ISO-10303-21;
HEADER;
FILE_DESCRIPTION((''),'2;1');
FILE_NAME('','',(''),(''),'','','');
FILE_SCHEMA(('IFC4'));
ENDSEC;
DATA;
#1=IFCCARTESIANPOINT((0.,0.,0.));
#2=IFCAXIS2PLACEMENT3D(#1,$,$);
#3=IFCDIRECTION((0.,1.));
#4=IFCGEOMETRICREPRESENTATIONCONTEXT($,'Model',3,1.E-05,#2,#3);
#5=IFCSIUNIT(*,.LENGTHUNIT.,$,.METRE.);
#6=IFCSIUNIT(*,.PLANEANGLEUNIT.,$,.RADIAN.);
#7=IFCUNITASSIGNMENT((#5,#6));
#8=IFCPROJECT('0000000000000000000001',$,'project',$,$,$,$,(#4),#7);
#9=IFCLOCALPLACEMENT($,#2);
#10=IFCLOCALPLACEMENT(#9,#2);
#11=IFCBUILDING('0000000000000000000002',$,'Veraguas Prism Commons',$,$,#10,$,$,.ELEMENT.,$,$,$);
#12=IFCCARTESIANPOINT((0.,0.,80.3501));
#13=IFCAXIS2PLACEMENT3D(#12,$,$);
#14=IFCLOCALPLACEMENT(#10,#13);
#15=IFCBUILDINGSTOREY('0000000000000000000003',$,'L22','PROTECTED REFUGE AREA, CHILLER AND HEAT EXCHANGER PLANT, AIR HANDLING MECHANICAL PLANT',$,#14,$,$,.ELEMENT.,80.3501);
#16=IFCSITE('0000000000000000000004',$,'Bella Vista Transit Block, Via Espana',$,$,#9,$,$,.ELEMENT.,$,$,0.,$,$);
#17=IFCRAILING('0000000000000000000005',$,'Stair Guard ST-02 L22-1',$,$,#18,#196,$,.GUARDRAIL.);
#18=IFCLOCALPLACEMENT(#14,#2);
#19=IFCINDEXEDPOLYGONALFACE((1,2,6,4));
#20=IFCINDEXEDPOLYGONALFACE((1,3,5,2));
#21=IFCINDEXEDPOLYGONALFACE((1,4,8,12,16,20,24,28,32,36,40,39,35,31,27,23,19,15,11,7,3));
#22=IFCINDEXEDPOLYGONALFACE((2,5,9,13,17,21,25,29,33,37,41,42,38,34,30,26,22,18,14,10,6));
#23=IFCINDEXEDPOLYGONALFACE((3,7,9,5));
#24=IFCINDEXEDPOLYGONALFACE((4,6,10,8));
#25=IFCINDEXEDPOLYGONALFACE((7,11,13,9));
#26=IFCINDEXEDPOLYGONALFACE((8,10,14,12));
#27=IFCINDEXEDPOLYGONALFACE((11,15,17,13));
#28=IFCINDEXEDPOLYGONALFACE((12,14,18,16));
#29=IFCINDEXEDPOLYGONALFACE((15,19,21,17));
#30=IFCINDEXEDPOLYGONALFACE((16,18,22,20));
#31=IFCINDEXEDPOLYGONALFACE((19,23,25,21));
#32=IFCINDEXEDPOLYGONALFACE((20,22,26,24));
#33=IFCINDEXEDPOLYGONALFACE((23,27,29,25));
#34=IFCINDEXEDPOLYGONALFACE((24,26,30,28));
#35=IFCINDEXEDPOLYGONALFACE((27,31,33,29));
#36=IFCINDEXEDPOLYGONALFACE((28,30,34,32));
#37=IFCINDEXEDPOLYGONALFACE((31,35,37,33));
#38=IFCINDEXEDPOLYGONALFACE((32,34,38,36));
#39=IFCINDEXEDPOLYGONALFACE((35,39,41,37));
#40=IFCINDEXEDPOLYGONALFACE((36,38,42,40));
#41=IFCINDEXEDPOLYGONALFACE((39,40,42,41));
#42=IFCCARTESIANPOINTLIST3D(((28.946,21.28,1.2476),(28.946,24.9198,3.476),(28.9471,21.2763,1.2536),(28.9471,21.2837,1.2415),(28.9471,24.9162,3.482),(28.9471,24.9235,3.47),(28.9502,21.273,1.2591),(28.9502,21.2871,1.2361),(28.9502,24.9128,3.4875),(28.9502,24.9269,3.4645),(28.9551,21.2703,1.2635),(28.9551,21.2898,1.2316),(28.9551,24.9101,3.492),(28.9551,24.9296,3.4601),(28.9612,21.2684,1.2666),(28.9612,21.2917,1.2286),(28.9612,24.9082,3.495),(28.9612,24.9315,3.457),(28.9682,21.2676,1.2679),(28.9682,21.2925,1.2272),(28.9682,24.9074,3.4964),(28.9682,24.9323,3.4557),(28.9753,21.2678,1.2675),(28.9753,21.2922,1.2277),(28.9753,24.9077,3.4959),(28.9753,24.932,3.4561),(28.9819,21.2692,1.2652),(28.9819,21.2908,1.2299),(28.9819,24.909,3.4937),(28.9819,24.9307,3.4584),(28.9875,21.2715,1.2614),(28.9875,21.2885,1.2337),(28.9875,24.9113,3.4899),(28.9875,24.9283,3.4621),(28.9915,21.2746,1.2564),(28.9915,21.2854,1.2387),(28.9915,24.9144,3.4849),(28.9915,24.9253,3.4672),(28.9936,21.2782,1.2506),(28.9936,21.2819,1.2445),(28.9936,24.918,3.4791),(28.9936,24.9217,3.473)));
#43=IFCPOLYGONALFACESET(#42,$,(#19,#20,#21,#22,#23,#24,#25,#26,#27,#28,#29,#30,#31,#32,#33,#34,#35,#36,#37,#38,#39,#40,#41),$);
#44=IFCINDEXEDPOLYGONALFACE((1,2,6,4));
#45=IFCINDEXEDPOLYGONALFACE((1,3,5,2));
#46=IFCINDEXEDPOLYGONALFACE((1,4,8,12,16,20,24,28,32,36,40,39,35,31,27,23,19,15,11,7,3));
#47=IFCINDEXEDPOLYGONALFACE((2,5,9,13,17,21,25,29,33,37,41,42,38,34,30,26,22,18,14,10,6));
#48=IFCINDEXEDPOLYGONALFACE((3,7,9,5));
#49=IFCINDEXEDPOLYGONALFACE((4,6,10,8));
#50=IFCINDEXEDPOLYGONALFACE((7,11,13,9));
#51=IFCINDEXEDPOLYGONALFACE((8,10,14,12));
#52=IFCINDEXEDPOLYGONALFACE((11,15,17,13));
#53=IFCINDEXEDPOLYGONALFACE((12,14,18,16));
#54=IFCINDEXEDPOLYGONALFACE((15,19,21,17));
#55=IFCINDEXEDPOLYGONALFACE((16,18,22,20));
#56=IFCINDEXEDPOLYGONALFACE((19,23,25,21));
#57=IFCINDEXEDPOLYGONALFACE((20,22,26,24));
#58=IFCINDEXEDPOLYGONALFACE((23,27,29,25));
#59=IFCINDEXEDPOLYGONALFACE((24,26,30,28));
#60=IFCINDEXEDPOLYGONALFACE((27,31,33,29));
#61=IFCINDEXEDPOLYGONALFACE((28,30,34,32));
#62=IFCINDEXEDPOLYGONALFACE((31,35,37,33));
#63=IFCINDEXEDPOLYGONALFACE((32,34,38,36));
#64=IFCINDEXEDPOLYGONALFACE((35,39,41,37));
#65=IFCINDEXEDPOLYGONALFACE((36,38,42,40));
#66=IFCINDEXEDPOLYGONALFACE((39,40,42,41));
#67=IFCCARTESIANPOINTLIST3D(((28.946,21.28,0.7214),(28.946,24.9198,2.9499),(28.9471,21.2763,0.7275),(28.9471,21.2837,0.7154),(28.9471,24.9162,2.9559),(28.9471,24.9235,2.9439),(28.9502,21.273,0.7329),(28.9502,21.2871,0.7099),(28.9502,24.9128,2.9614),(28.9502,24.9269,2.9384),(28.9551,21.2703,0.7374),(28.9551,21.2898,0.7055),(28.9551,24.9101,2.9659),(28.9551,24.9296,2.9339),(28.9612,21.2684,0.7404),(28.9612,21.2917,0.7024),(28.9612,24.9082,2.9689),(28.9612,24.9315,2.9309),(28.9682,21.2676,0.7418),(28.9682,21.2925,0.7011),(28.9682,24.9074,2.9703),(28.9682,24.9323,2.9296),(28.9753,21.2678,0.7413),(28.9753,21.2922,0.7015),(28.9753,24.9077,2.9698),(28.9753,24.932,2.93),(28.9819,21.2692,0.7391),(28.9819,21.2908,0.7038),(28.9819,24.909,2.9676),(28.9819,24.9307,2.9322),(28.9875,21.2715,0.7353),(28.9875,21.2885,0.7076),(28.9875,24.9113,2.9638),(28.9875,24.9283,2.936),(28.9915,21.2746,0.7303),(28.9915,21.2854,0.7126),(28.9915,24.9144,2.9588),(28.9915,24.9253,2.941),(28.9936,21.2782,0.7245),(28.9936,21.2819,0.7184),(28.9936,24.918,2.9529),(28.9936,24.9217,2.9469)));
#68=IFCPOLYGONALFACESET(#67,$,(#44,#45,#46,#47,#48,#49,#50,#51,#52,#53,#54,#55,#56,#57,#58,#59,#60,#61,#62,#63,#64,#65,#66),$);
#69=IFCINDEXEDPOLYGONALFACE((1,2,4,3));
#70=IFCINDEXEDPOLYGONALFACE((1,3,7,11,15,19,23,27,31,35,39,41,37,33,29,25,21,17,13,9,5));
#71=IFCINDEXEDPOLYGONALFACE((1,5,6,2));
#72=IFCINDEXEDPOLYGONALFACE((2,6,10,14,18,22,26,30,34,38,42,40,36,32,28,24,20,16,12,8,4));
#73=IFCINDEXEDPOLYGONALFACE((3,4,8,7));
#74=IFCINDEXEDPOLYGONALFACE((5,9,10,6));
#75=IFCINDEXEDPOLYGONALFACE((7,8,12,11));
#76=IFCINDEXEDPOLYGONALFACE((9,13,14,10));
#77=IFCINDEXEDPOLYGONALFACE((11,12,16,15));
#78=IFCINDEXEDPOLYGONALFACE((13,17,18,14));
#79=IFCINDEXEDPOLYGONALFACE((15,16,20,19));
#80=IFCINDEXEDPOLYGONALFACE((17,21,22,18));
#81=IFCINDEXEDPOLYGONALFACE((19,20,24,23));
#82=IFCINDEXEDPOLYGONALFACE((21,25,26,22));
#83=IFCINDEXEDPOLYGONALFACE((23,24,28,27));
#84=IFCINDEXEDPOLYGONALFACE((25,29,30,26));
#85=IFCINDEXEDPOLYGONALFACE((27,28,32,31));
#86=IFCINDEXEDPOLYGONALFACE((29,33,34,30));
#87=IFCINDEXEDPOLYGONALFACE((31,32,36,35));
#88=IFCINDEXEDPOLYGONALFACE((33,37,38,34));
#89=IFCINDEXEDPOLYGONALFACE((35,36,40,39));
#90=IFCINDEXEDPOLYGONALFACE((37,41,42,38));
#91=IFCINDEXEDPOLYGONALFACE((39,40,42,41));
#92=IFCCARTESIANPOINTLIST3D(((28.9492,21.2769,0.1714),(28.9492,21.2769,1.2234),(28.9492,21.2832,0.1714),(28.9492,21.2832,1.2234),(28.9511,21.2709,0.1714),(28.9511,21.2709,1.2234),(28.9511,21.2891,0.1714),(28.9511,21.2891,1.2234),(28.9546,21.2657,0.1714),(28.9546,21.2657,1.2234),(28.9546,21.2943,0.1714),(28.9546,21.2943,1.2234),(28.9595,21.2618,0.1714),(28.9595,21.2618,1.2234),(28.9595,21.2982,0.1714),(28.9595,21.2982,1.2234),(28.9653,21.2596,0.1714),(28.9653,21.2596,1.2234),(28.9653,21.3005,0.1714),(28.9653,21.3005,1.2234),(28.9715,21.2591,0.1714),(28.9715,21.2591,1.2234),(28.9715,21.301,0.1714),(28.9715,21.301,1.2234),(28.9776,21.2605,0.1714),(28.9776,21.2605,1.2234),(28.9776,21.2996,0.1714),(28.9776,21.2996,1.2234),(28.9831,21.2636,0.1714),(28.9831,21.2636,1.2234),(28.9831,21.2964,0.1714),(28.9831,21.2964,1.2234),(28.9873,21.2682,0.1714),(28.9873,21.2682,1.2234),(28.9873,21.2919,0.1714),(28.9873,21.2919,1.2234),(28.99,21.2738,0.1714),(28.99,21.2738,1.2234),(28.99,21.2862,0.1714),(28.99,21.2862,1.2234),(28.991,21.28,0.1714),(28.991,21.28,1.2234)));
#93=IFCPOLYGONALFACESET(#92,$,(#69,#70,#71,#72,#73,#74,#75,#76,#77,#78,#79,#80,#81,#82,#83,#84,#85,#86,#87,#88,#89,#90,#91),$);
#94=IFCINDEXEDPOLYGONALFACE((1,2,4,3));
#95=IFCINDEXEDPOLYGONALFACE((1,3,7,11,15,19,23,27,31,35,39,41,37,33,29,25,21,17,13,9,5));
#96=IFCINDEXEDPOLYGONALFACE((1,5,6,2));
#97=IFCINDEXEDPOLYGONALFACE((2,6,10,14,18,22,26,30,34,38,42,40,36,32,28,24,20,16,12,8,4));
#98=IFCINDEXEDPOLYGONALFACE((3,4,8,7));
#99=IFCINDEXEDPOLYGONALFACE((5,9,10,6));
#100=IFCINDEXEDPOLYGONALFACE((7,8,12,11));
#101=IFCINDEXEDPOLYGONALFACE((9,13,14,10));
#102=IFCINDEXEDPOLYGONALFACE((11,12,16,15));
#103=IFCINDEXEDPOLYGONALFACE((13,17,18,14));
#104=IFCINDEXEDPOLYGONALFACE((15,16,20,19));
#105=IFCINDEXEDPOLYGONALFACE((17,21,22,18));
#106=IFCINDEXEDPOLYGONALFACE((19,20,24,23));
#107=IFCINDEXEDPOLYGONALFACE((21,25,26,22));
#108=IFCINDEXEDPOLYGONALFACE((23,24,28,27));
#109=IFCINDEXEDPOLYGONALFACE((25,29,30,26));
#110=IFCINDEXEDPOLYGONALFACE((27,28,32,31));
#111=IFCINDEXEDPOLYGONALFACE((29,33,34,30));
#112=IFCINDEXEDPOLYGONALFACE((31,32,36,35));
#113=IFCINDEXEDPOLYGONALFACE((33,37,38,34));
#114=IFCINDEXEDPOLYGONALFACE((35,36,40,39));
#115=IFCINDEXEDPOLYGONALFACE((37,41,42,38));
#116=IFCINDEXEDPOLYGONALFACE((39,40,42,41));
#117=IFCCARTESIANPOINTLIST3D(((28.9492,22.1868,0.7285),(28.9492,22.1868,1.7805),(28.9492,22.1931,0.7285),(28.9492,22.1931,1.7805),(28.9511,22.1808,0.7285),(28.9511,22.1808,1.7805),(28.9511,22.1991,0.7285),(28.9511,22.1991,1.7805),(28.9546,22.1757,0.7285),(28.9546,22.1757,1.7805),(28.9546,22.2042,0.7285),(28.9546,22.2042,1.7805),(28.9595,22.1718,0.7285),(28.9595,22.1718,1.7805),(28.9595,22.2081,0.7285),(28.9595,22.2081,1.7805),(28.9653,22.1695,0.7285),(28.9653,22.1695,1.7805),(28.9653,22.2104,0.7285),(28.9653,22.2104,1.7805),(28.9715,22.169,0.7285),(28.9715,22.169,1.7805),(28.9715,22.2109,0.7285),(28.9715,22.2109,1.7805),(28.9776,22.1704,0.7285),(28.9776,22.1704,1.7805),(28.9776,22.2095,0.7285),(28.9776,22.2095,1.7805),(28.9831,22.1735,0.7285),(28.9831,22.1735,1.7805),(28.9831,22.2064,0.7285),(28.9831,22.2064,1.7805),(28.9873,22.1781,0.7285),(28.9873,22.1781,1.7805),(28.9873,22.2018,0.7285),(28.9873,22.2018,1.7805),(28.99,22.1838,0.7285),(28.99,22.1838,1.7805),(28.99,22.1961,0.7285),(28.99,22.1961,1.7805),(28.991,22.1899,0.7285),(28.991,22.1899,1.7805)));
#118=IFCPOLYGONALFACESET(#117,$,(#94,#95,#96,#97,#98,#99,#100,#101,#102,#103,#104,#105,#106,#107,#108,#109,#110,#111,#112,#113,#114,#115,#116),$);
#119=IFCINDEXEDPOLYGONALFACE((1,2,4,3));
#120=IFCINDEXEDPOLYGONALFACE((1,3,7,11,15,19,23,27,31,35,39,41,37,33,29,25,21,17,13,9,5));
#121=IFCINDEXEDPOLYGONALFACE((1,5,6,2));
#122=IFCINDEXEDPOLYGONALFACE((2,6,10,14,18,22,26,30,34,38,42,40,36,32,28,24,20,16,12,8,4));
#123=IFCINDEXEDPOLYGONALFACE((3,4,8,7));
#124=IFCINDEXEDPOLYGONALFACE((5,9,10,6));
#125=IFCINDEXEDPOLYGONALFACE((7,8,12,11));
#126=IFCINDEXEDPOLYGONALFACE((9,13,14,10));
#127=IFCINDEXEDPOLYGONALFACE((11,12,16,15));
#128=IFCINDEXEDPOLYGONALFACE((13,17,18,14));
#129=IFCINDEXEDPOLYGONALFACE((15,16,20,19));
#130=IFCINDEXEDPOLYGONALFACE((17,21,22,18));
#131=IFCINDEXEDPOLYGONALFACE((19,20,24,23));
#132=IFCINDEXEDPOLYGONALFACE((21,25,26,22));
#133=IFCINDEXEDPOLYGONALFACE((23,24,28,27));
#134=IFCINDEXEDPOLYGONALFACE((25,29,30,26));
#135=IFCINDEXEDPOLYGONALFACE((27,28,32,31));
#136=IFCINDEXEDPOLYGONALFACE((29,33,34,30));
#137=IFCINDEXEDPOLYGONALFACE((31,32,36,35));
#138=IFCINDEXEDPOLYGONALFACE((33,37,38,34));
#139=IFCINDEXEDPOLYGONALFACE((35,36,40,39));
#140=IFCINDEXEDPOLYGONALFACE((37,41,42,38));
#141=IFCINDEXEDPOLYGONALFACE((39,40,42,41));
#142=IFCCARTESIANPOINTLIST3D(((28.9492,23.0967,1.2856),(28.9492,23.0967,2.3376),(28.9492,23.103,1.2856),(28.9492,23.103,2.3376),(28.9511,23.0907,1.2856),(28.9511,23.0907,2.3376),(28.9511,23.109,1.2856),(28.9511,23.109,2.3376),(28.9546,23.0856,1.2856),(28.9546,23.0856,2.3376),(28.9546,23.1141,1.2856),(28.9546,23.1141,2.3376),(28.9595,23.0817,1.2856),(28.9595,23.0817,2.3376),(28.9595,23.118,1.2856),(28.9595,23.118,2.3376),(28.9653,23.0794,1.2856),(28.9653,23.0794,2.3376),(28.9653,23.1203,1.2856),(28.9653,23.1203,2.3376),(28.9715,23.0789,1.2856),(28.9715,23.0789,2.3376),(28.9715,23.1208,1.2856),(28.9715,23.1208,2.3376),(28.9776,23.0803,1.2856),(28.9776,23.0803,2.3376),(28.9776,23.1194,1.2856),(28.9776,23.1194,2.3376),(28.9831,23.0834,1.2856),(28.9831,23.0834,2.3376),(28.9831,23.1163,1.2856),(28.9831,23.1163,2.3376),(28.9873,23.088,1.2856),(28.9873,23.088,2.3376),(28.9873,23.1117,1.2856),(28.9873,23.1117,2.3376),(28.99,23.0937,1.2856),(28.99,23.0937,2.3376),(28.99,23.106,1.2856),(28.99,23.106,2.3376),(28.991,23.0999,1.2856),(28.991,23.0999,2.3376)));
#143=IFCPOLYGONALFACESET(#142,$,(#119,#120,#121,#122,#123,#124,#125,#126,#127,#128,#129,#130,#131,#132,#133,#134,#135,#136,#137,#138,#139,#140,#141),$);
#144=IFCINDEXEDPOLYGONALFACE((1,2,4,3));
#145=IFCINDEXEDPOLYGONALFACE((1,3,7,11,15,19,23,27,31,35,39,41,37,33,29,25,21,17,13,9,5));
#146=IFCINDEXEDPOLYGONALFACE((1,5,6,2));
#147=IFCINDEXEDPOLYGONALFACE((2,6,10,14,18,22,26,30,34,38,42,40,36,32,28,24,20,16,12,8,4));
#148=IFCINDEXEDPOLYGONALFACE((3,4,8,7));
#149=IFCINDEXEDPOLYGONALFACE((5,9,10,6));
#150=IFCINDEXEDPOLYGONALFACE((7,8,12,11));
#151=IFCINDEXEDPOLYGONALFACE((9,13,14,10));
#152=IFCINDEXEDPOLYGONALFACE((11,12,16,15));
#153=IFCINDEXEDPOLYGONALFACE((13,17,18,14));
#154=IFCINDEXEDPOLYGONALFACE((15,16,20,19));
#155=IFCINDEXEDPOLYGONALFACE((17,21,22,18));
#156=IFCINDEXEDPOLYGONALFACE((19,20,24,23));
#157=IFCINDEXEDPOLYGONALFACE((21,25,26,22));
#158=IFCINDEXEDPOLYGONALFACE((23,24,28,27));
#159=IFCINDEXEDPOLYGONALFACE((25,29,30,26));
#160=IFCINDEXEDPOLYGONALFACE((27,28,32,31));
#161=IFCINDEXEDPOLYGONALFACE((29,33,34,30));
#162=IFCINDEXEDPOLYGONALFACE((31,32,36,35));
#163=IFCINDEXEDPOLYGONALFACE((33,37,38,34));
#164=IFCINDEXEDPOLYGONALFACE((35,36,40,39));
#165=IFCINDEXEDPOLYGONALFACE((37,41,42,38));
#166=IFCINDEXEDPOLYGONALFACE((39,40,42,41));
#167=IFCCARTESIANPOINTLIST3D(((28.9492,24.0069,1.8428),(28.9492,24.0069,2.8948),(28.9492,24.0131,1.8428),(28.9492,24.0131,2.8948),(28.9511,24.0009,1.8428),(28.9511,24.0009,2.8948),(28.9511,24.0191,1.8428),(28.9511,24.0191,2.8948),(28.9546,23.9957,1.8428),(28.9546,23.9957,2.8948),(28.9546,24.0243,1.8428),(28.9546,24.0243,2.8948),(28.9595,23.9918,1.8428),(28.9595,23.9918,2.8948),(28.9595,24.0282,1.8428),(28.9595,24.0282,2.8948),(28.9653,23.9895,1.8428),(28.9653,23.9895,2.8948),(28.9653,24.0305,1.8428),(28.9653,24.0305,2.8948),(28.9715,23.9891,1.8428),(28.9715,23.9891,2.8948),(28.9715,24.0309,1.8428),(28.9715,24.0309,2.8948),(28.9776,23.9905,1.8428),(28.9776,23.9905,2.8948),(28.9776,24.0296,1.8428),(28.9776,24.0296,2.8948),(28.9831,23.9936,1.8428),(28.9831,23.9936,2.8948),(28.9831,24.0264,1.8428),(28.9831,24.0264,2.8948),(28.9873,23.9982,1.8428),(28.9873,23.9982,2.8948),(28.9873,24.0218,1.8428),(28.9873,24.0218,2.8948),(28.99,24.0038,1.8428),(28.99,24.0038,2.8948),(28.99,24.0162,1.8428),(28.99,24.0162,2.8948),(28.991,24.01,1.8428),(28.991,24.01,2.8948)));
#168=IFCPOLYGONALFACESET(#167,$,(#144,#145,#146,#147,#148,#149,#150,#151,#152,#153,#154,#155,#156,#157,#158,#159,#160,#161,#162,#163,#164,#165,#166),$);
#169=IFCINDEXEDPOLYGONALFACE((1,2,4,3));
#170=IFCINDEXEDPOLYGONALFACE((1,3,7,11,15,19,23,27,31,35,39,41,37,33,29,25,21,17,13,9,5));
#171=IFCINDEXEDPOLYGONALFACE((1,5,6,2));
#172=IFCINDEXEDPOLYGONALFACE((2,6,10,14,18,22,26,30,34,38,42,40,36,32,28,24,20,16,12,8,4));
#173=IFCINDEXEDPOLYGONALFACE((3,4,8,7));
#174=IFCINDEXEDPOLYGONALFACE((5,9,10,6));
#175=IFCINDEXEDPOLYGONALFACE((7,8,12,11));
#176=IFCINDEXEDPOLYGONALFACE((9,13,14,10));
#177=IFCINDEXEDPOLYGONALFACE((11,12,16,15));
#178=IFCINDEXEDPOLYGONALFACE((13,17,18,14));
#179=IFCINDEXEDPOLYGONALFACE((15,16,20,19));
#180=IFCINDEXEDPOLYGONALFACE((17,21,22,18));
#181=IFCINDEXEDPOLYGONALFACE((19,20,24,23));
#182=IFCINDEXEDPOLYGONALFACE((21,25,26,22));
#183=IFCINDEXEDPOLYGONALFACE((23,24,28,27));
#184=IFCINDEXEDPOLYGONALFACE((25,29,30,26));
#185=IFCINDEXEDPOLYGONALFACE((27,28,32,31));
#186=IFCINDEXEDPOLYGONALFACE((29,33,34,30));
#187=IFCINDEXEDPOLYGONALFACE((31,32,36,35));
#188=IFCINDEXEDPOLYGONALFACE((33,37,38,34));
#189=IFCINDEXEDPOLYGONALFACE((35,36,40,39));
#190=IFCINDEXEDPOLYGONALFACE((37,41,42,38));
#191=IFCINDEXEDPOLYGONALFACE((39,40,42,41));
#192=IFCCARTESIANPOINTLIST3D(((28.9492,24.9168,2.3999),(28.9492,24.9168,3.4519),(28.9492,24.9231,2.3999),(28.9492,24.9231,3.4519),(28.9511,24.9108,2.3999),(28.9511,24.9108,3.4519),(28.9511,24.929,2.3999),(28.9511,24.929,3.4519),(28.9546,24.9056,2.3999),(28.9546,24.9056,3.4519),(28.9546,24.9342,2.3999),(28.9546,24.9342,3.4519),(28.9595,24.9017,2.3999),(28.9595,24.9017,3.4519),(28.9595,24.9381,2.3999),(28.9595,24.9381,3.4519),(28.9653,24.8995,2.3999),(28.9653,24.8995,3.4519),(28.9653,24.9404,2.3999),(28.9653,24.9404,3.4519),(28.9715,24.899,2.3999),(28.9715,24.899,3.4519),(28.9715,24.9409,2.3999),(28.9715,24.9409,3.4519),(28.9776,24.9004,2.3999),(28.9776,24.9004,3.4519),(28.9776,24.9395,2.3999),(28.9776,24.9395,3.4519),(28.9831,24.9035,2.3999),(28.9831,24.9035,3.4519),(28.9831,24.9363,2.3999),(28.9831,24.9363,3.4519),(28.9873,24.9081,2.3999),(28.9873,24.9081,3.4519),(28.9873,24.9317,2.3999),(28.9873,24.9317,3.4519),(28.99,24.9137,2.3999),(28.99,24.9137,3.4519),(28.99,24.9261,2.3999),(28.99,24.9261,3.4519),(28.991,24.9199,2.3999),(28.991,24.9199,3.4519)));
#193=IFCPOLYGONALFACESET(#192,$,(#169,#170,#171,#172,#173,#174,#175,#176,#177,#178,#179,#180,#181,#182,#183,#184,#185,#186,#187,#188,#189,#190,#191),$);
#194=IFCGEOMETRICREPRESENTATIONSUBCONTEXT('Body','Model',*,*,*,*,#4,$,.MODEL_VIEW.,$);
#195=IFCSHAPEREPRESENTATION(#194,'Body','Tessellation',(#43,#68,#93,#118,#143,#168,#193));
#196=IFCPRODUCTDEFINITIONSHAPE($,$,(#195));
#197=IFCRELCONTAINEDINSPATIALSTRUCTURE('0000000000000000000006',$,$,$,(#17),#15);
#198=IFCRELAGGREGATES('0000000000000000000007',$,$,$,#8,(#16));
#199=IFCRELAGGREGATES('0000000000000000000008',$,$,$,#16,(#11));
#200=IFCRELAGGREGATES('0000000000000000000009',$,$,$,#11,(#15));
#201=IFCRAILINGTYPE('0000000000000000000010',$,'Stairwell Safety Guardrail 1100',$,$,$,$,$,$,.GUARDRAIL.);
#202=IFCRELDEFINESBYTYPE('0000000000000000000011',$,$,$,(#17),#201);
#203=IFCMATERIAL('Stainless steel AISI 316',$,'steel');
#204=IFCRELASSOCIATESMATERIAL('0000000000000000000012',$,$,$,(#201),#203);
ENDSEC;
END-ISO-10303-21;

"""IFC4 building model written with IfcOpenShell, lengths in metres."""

from ifc_helpers import new_model, si_unit, direction, frame, origin, origin_2d, place, context, subcontext, project, spatial, circle, extrude, material, type_object, element, save


model = new_model("IFC4")

# Units and contexts
model_context = context("Model", 3, precision=1e-05, world=origin(), true_north=direction((0.0, 1.0)))
body_context = subcontext(model_context, "Body", "Model", "MODEL_VIEW")
ifc_project = project(units=[si_unit("LENGTHUNIT", "METRE"), si_unit("PLANEANGLEUNIT", "RADIAN")], contexts=[model_context])

# Site, building, storey
site_placement = place(None, origin())
site = spatial("IfcSite", under=ifc_project, at=site_placement, Name="Bella Vista Transit Block, Via Espana", CompositionType="ELEMENT", RefElevation=0.0)
building_placement = place(site_placement, origin())
building = spatial("IfcBuilding", under=site, at=building_placement, Name="Veraguas Prism Commons", CompositionType="ELEMENT")
storey_placement = place(building_placement, frame((0.0, 0.0, 80.3501)))
storey = spatial("IfcBuildingStorey", under=building, at=storey_placement, Name="L22", Description="PROTECTED REFUGE AREA, CHILLER AND HEAT EXCHANGER PLANT, AIR HANDLING MECHANICAL PLANT", CompositionType="ELEMENT", Elevation=80.3501)

# Shared definitions
ifc_material_1 = material(Name="Stainless steel AISI 316", Category="steel")

# Railing
railing_type_1 = type_object("IfcRailingType", Name="Stairwell Safety Guardrail 1100", PredefinedType="GUARDRAIL", material=ifc_material_1)
railing_1_placement = place(storey_placement, frame((28.97, 21.28, 0.1714)))
element("IfcRailing", 1, at=railing_1_placement, inside=storey, type_object=railing_type_1, Name="Stair Guard ST-02 L22-1", PredefinedType="GUARDRAIL", context=body_context, shape_type="SweptSolid", body=[
    extrude(circle(Radius=0.0239, at=origin_2d()), frame((0.0, 0.0, 1.0762), z_axis=(0.0, 0.85285, 0.522156), x_axis=(-1.0, 0.0, 0.0)), (0.0, 0.0, 1.0), 4.2678),
    extrude(circle(Radius=0.0239, at=origin_2d()), frame((0.0, 0.0, 0.55), z_axis=(0.0, 0.85285, 0.522156), x_axis=(-1.0, 0.0, 0.0)), (0.0, 0.0, 1.0), 4.2678),
    extrude(circle(Radius=0.021, at=origin_2d()), origin(), (0.0, 0.0, 1.0), 1.052),
    extrude(circle(Radius=0.021, at=origin_2d()), frame((0.0, 0.9099, 0.5571)), (0.0, 0.0, 1.0), 1.052),
    extrude(circle(Radius=0.021, at=origin_2d()), frame((0.0, 1.8198, 1.1143)), (0.0, 0.0, 1.0), 1.052),
    extrude(circle(Radius=0.021, at=origin_2d()), frame((0.0, 2.73, 1.6714)), (0.0, 0.0, 1.0), 1.052),
    extrude(circle(Radius=0.021, at=origin_2d()), frame((0.0, 3.6399, 2.2285)), (0.0, 0.0, 1.0), 1.052),
])

save(model, "model.ifc")
